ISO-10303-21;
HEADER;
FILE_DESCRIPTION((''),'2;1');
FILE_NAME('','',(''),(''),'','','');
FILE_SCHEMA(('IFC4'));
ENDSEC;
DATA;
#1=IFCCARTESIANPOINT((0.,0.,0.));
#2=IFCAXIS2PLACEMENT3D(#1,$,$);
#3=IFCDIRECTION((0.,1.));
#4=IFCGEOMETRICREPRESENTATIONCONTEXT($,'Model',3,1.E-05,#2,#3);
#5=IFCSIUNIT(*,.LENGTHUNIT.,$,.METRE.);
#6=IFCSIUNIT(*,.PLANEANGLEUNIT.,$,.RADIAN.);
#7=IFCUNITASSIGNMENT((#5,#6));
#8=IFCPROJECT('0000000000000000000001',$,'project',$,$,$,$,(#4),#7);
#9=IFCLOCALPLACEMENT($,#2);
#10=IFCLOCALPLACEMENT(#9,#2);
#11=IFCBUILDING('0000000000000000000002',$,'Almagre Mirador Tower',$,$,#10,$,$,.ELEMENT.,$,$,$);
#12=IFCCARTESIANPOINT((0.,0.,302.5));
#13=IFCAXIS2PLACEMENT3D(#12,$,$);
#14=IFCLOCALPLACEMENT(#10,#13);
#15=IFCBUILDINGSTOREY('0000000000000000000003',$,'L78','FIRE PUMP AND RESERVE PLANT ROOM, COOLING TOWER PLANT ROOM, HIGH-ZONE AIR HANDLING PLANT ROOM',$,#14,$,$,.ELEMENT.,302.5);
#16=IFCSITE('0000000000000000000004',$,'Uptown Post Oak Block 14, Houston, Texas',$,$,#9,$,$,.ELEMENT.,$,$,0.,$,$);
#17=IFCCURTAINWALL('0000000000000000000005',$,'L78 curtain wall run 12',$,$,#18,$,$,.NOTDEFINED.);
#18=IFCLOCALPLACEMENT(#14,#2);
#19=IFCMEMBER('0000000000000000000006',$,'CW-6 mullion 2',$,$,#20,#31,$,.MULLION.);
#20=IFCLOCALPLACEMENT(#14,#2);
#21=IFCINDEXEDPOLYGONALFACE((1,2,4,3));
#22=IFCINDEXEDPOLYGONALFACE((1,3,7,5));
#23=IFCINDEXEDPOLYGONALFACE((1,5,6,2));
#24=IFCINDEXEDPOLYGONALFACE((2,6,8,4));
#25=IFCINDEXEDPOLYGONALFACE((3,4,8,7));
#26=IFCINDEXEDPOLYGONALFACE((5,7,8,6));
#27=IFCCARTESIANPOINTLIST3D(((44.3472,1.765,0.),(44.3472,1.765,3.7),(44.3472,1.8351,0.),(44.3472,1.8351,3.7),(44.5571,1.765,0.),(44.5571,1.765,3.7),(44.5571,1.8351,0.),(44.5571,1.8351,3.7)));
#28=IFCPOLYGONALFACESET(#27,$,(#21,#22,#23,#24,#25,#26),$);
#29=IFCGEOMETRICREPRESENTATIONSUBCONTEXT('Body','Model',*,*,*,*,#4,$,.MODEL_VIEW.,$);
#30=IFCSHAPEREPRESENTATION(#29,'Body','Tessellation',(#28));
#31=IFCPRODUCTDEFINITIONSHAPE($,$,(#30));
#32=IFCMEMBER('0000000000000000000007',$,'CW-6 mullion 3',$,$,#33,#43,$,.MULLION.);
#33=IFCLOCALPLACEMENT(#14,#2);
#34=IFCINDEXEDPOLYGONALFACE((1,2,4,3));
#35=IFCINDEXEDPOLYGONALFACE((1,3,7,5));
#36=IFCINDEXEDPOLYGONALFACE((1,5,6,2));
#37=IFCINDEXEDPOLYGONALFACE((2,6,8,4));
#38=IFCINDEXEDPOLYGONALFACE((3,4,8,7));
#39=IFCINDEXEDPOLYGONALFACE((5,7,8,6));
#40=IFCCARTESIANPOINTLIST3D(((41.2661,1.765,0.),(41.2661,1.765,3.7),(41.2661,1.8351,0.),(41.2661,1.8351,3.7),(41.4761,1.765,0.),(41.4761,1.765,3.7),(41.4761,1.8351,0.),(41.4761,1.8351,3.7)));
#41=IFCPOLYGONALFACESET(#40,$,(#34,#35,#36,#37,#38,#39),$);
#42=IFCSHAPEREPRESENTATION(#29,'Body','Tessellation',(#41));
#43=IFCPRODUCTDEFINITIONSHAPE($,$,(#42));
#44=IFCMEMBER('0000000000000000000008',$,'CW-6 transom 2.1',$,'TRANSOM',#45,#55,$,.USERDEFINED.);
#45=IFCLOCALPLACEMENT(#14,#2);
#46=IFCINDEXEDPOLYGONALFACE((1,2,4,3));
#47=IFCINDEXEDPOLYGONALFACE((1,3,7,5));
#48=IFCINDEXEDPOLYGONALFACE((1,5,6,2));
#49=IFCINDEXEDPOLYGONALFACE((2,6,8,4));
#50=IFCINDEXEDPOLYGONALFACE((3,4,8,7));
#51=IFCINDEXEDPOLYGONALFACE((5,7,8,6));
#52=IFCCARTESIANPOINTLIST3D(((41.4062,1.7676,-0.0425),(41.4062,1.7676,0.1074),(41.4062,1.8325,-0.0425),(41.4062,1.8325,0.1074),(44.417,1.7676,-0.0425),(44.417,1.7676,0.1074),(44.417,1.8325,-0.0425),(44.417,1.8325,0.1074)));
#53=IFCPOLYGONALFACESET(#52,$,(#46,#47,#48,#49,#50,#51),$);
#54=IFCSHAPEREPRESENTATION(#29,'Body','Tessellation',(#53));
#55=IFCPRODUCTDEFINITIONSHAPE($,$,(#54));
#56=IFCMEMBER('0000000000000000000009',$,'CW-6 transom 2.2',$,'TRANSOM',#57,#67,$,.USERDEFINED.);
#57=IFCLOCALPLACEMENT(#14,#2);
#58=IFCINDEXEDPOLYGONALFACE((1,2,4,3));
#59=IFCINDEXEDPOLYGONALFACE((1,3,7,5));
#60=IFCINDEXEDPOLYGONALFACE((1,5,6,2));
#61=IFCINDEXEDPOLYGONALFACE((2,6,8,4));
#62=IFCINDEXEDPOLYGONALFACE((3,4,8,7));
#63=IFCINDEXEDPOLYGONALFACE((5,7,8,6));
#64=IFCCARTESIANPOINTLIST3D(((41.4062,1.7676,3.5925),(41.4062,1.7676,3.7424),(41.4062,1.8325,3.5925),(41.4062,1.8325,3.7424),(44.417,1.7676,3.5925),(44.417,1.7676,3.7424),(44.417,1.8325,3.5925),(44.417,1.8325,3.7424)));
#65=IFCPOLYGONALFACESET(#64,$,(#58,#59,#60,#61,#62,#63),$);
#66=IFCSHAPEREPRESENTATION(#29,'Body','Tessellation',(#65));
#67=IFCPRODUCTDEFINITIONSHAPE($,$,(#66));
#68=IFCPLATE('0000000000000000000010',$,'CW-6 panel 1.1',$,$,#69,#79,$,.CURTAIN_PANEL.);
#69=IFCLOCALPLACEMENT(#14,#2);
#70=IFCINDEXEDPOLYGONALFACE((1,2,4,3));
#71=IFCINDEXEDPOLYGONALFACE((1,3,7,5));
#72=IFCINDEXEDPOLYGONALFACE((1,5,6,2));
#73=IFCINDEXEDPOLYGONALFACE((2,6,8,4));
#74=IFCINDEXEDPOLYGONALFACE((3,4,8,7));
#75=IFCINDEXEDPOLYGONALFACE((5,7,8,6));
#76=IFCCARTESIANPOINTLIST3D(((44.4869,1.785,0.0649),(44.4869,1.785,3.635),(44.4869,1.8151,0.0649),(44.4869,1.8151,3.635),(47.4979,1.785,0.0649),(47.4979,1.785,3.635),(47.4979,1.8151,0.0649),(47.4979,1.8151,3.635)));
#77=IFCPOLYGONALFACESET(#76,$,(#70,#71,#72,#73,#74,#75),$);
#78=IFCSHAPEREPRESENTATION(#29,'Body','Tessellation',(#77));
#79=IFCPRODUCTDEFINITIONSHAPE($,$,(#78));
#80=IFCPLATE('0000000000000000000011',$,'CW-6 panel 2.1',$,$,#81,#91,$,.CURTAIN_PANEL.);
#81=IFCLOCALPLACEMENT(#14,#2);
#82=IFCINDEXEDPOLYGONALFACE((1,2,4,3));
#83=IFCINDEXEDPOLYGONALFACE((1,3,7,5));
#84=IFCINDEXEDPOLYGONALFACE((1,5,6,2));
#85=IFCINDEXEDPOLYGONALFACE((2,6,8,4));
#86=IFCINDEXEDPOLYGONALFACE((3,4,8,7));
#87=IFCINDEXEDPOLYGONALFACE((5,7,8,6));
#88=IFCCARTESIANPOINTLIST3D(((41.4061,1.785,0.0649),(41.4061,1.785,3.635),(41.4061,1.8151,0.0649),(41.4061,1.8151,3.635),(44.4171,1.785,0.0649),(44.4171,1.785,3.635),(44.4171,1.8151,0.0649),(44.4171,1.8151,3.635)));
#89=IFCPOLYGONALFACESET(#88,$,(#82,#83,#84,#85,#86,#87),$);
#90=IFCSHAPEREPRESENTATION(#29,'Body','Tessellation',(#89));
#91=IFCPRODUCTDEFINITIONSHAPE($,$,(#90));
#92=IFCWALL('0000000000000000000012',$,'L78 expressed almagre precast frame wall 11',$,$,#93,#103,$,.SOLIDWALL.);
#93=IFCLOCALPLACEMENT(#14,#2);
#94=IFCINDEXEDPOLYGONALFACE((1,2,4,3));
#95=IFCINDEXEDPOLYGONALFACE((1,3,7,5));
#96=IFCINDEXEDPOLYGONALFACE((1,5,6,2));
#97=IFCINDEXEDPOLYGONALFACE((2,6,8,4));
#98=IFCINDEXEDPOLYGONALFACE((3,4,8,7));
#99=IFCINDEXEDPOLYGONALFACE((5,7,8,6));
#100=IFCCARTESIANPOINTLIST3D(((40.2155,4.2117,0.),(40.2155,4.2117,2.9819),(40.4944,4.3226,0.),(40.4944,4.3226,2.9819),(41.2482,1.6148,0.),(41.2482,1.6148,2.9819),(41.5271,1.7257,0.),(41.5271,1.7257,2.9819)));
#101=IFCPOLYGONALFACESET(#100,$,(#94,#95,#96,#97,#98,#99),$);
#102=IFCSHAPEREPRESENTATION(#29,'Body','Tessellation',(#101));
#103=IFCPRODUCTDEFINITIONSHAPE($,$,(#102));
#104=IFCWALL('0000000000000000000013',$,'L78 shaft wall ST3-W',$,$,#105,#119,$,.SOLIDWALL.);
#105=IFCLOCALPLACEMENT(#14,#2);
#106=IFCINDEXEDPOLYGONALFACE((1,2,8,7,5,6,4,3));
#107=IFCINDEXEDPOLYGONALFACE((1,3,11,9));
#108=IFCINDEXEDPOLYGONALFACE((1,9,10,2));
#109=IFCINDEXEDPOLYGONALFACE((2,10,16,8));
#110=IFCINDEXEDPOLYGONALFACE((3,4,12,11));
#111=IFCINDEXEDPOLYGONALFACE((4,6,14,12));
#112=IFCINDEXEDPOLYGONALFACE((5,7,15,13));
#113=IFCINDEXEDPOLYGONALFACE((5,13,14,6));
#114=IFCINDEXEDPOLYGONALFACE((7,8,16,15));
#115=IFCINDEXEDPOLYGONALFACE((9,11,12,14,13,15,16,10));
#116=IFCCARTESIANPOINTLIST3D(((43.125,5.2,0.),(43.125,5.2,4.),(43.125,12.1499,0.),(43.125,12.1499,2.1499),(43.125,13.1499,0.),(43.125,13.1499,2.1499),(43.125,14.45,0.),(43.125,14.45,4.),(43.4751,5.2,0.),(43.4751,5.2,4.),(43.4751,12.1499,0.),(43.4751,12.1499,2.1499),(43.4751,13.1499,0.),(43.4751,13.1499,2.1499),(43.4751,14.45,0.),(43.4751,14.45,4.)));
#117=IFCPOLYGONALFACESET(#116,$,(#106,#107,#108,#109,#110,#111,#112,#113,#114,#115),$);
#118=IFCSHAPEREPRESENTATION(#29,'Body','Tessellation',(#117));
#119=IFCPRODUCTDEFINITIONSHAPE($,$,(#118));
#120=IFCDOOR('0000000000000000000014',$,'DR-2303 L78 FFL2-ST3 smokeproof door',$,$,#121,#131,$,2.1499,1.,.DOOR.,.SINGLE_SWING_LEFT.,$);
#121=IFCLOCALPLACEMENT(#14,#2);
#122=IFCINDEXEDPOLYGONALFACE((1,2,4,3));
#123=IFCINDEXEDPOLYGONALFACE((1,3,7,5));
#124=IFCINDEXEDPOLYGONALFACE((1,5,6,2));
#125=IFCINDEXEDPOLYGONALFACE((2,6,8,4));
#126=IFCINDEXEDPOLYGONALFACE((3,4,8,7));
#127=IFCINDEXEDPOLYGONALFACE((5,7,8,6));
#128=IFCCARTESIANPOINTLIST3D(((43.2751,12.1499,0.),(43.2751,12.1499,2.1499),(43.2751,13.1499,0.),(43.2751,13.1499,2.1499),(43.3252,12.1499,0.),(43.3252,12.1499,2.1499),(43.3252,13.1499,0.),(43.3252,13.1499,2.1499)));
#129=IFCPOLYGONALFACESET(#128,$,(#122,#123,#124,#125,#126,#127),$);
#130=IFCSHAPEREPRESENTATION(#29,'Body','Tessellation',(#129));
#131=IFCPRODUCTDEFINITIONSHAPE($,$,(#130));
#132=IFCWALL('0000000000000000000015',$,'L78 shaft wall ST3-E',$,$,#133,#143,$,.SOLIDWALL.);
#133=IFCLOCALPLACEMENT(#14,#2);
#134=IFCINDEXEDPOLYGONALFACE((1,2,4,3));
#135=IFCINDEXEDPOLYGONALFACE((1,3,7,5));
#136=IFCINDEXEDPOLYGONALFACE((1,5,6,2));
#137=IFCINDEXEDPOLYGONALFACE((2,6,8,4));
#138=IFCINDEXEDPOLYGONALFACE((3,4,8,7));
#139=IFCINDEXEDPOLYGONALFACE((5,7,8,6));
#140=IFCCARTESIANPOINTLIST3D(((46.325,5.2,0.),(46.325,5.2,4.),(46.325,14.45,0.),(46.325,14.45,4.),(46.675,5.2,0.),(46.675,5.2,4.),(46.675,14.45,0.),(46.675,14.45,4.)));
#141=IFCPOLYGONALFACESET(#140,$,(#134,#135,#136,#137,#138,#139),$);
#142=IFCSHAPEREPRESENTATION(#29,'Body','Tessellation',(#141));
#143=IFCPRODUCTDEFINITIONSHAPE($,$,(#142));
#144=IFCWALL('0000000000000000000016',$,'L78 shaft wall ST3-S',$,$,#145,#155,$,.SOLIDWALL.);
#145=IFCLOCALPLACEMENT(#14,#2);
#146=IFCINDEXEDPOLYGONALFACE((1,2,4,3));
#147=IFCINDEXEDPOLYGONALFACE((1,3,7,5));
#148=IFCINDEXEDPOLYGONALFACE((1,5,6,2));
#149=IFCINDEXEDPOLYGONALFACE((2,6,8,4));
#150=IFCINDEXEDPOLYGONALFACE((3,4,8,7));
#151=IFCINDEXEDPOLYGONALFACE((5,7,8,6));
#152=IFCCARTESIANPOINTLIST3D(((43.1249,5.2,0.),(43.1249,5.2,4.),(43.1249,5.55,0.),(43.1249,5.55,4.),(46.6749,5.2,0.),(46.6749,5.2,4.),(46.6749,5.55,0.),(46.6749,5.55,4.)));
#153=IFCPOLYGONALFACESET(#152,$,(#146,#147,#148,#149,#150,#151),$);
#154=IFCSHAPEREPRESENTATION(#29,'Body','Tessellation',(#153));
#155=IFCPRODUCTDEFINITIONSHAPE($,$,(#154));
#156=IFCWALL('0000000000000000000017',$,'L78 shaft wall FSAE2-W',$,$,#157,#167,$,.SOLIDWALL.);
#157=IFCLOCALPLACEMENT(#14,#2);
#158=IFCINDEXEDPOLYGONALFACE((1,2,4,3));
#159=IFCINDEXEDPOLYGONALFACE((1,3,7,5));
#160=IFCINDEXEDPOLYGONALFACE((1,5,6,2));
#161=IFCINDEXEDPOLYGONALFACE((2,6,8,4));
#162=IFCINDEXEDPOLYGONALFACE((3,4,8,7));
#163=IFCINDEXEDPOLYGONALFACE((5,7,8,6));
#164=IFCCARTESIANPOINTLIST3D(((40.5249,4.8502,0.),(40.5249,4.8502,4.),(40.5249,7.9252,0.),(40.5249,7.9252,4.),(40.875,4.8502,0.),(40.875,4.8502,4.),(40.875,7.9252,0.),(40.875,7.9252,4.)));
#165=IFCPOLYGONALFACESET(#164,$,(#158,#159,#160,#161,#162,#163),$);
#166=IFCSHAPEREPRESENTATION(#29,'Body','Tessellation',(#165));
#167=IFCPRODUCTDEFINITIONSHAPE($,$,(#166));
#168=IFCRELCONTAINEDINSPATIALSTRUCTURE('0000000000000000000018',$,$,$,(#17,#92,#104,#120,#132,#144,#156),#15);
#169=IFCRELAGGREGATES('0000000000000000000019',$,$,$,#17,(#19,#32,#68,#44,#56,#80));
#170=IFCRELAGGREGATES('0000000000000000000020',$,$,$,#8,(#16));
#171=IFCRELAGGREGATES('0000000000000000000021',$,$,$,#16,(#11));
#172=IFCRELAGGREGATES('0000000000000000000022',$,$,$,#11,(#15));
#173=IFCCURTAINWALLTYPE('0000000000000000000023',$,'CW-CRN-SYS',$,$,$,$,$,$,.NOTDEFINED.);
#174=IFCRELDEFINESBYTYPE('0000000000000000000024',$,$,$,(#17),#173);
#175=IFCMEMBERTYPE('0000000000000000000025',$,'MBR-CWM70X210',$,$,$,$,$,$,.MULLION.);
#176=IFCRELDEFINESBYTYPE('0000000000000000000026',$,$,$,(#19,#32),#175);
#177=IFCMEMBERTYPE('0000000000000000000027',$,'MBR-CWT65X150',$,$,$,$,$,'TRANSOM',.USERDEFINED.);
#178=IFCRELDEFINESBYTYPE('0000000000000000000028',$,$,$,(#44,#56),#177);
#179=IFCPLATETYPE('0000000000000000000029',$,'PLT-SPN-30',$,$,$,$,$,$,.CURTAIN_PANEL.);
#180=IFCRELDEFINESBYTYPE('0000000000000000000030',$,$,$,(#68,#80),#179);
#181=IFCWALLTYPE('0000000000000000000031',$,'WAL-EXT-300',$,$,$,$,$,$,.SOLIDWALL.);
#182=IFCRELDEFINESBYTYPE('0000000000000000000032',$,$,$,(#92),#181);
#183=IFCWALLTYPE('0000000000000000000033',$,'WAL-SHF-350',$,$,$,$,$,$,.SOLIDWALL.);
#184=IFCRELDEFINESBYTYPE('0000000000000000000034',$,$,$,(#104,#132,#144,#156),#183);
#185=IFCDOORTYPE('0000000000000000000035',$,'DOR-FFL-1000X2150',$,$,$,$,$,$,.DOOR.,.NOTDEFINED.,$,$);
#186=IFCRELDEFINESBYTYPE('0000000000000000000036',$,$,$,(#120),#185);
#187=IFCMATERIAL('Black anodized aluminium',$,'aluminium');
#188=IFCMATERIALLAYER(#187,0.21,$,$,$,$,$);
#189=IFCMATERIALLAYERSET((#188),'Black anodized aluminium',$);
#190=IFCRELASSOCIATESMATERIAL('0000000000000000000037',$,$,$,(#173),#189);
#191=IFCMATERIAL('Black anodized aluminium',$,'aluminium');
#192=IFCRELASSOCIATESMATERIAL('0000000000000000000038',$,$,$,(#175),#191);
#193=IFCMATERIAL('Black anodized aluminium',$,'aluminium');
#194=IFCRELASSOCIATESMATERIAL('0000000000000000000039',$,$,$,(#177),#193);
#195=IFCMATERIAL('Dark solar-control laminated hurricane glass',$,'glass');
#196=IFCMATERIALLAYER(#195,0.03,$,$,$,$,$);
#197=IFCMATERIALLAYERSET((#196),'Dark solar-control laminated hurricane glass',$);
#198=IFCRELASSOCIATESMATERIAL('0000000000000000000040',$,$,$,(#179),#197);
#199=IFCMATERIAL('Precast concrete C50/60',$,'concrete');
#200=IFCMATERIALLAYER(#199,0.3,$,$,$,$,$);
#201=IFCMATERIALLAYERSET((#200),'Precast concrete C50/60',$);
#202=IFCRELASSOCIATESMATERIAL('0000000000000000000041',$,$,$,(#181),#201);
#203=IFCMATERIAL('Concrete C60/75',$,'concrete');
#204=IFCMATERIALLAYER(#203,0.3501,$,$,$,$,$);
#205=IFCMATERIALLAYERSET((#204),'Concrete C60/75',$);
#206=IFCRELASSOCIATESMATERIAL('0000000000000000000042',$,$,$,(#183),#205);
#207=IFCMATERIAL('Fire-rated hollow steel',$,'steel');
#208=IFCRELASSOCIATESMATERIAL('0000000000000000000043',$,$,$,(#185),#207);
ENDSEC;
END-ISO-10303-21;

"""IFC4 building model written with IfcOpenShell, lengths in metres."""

from ifc_helpers import new_model, si_unit, direction, frame, frame_2d, origin, origin_2d, place, context, subcontext, project, spatial, rectangle, extrude, material, layer, layer_set, material_profile, profile_set, type_object, element, fill, aggregate, save


model = new_model("IFC4")

# Units and contexts
model_context = context("Model", 3, precision=1e-05, world=origin(), true_north=direction((0.0, 1.0)))
body_context = subcontext(model_context, "Body", "Model", "MODEL_VIEW")
ifc_project = project(units=[si_unit("LENGTHUNIT", "METRE"), si_unit("PLANEANGLEUNIT", "RADIAN")], contexts=[model_context])

# Site, building, storey
site_placement = place(None, origin())
site = spatial("IfcSite", under=ifc_project, at=site_placement, Name="Uptown Post Oak Block 14, Houston, Texas", CompositionType="ELEMENT", RefElevation=0.0)
building_placement = place(site_placement, origin())
building = spatial("IfcBuilding", under=site, at=building_placement, Name="Almagre Mirador Tower", CompositionType="ELEMENT")
storey_placement = place(building_placement, frame((0.0, 0.0, 302.5)))
storey = spatial("IfcBuildingStorey", under=building, at=storey_placement, Name="L78", Description="FIRE PUMP AND RESERVE PLANT ROOM, COOLING TOWER PLANT ROOM, HIGH-ZONE AIR HANDLING PLANT ROOM", CompositionType="ELEMENT", Elevation=302.5)

# Curtain wall, members, plates
ifc_material_1 = material(Name="Black anodized aluminium", Category="aluminium")
ifc_layer_1 = layer(ifc_material_1, 0.21)
ifc_layer_set_1 = layer_set([ifc_layer_1], Name="Black anodized aluminium")
curtain_wall_type = type_object("IfcCurtainWallType", Name="CW-CRN-SYS", PredefinedType="NOTDEFINED", material=ifc_layer_set_1)
curtain_wall_placement = place(storey_placement, origin())
curtain_wall = element("IfcCurtainWall", 1, at=curtain_wall_placement, inside=storey, type_object=curtain_wall_type, Name="L78 curtain wall run 12", PredefinedType="NOTDEFINED")
ifc_material_2 = material(Name="Black anodized aluminium", Category="aluminium")
ifc_material_profile_1 = material_profile(ifc_material_2, rectangle(XDim=0.0701, YDim=0.21, at=origin_2d()), Name="CWM70X210")
ifc_profile_set_1 = profile_set([ifc_material_profile_1], Name="Black anodized aluminium")
member_type_1 = type_object("IfcMemberType", Name="MBR-CWM70X210", PredefinedType="MULLION", material=ifc_profile_set_1)
member_1_placement = place(storey_placement, frame((44.4521, 1.8, 0.0), z_axis=(0.0, 0.0, 1.0), x_axis=(0.0, -1.0, 0.0)))
member_1 = element("IfcMember", 2, at=member_1_placement, type_object=member_type_1, Name="CW-6 mullion 2", PredefinedType="MULLION", context=body_context, shape_type="SweptSolid", body=[
    extrude(rectangle(XDim=0.0701, YDim=0.21, at=origin_2d()), origin(), (0.0, 0.0, 1.0), 3.7),
])
member_2_placement = place(storey_placement, frame((41.3711, 1.8, 0.0), z_axis=(0.0, 0.0, 1.0), x_axis=(0.0, -1.0, 0.0)))
member_2 = element("IfcMember", 3, at=member_2_placement, type_object=member_type_1, Name="CW-6 mullion 3", PredefinedType="MULLION", context=body_context, shape_type="SweptSolid", body=[
    extrude(rectangle(XDim=0.0701, YDim=0.21, at=origin_2d()), origin(), (0.0, 0.0, 1.0), 3.7),
])
ifc_material_3 = material(Name="Black anodized aluminium", Category="aluminium")
ifc_material_profile_2 = material_profile(ifc_material_3, rectangle(XDim=0.0649, YDim=0.1499, at=origin_2d()), Name="CWT65X150")
ifc_profile_set_2 = profile_set([ifc_material_profile_2], Name="Black anodized aluminium")
member_type_2 = type_object("IfcMemberType", Name="MBR-CWT65X150", ElementType="TRANSOM", PredefinedType="USERDEFINED", material=ifc_profile_set_2)
member_3_placement = place(storey_placement, frame((44.417, 1.8, 0.0325), z_axis=(-1.0, 0.0, 0.0), x_axis=(0.0, -1.0, 0.0)))
member_3 = element("IfcMember", 4, at=member_3_placement, type_object=member_type_2, Name="CW-6 transom 2.1", ObjectType="TRANSOM", PredefinedType="USERDEFINED", context=body_context, shape_type="SweptSolid", body=[
    extrude(rectangle(XDim=0.0649, YDim=0.1499, at=origin_2d()), origin(), (0.0, 0.0, 1.0), 3.0107),
])
member_4_placement = place(storey_placement, frame((44.417, 1.8, 3.6675), z_axis=(-1.0, 0.0, 0.0), x_axis=(0.0, -1.0, 0.0)))
member_4 = element("IfcMember", 5, at=member_4_placement, type_object=member_type_2, Name="CW-6 transom 2.2", ObjectType="TRANSOM", PredefinedType="USERDEFINED", context=body_context, shape_type="SweptSolid", body=[
    extrude(rectangle(XDim=0.0649, YDim=0.1499, at=origin_2d()), origin(), (0.0, 0.0, 1.0), 3.0107),
])
ifc_material_4 = material(Name="Dark solar-control laminated hurricane glass", Category="glass")
ifc_layer_2 = layer(ifc_material_4, 0.03)
ifc_layer_set_2 = layer_set([ifc_layer_2], Name="Dark solar-control laminated hurricane glass")
plate_type = type_object("IfcPlateType", Name="PLT-SPN-30", PredefinedType="CURTAIN_PANEL", material=ifc_layer_set_2)
plate_1_placement = place(storey_placement, frame((45.9924, 1.8, 0.0649), z_axis=(0.0, 0.0, 1.0), x_axis=(-1.0, 0.0, 0.0)))
plate_1 = element("IfcPlate", 6, at=plate_1_placement, type_object=plate_type, Name="CW-6 panel 1.1", PredefinedType="CURTAIN_PANEL", context=body_context, shape_type="SweptSolid", body=[
    extrude(rectangle(XDim=3.011, YDim=0.03, at=origin_2d()), origin(), (0.0, 0.0, 1.0), 3.5701),
])
plate_2_placement = place(storey_placement, frame((42.9116, 1.8, 0.0649), z_axis=(0.0, 0.0, 1.0), x_axis=(-1.0, 0.0, 0.0)))
plate_2 = element("IfcPlate", 7, at=plate_2_placement, type_object=plate_type, Name="CW-6 panel 2.1", PredefinedType="CURTAIN_PANEL", context=body_context, shape_type="SweptSolid", body=[
    extrude(rectangle(XDim=3.011, YDim=0.03, at=origin_2d()), origin(), (0.0, 0.0, 1.0), 3.5701),
])
aggregate(curtain_wall, [member_1, member_2, plate_1, member_3, member_4, plate_2])

# Wall
ifc_material_5 = material(Name="Precast concrete C50/60", Category="concrete")
ifc_layer_3 = layer(ifc_material_5, 0.3)
ifc_layer_set_3 = layer_set([ifc_layer_3], Name="Precast concrete C50/60")
wall_type_1 = type_object("IfcWallType", Name="WAL-EXT-300", PredefinedType="SOLIDWALL", material=ifc_layer_set_3)
wall_1_placement = place(storey_placement, frame((41.3877, 1.6702, 0.0), z_axis=(0.0, 0.0, 1.0), x_axis=(-0.369522, 0.929222, 0.0)))
element("IfcWall", 8, at=wall_1_placement, inside=storey, type_object=wall_type_1, Name="L78 expressed almagre precast frame wall 11", PredefinedType="SOLIDWALL", context=body_context, shape_type="SweptSolid", body=[
    extrude(rectangle(XDim=2.7947, YDim=0.3, at=frame_2d((1.3975, 0.0))), origin(), (0.0, 0.0, 1.0), 2.9819),
])

# Wall, opening, door
ifc_material_6 = material(Name="Concrete C60/75", Category="concrete")
ifc_layer_4 = layer(ifc_material_6, 0.3501)
ifc_layer_set_4 = layer_set([ifc_layer_4], Name="Concrete C60/75")
wall_type_2 = type_object("IfcWallType", Name="WAL-SHF-350", PredefinedType="SOLIDWALL", material=ifc_layer_set_4)
wall_2_placement = place(storey_placement, frame((43.3, 5.2, 0.0), z_axis=(0.0, 0.0, 1.0), x_axis=(0.0, 1.0, 0.0)))
wall_2 = element("IfcWall", 9, at=wall_2_placement, inside=storey, type_object=wall_type_2, Name="L78 shaft wall ST3-W", PredefinedType="SOLIDWALL", context=body_context, shape_type="SweptSolid", body=[
    extrude(rectangle(XDim=9.25, YDim=0.3501, at=frame_2d((4.625, 0.0))), origin(), (0.0, 0.0, 1.0), 4.0),
])
opening_placement = place(wall_2_placement, frame((6.95, 0.0, 0.0)))
opening = element("IfcOpeningElement", 10, at=opening_placement, cuts=wall_2, PredefinedType="OPENING", context=body_context, shape_type="SweptSolid", body=[
    extrude(rectangle(XDim=1.0, YDim=2.1499, at=frame_2d((0.5, 1.075))), frame((0.0, 0.185, 0.0), z_axis=(0.0, -1.0, 0.0), x_axis=(1.0, 0.0, 0.0)), (0.0, 0.0, 1.0), 0.3701),
])
ifc_material_7 = material(Name="Fire-rated hollow steel", Category="steel")
door_type = type_object("IfcDoorType", Name="DOR-FFL-1000X2150", OperationType="NOTDEFINED", PredefinedType="DOOR", material=ifc_material_7)
door_placement = place(opening_placement, origin())
door = element("IfcDoor", 11, at=door_placement, inside=storey, type_object=door_type, Name="DR-2303 L78 FFL2-ST3 smokeproof door", OperationType="SINGLE_SWING_LEFT", OverallHeight=2.1499, OverallWidth=1.0, PredefinedType="DOOR", context=body_context, shape_type="SweptSolid", body=[
    extrude(rectangle(XDim=1.0, YDim=2.1499, at=frame_2d((0.5, 1.075))), frame((0.0, 0.0249, 0.0), z_axis=(0.0, -1.0, 0.0), x_axis=(1.0, 0.0, 0.0)), (0.0, 0.0, 1.0), 0.05),
])
fill(opening, door)

# Walls
wall_3_placement = place(storey_placement, frame((46.5, 5.2, 0.0), z_axis=(0.0, 0.0, 1.0), x_axis=(0.0, 1.0, 0.0)))
element("IfcWall", 12, at=wall_3_placement, inside=storey, type_object=wall_type_2, Name="L78 shaft wall ST3-E", PredefinedType="SOLIDWALL", context=body_context, shape_type="SweptSolid", body=[
    extrude(rectangle(XDim=9.25, YDim=0.3501, at=frame_2d((4.625, 0.0))), origin(), (0.0, 0.0, 1.0), 4.0),
])
wall_4_placement = place(storey_placement, frame((43.125, 5.375, 0.0), z_axis=(0.0, 0.0, 1.0), x_axis=(1.0, 0.0, 0.0)))
element("IfcWall", 13, at=wall_4_placement, inside=storey, type_object=wall_type_2, Name="L78 shaft wall ST3-S", PredefinedType="SOLIDWALL", context=body_context, shape_type="SweptSolid", body=[
    extrude(rectangle(XDim=3.55, YDim=0.3501, at=frame_2d((1.7749, 0.0))), origin(), (0.0, 0.0, 1.0), 4.0),
])
wall_5_placement = place(storey_placement, frame((40.7, 4.8501, 0.0), z_axis=(0.0, 0.0, 1.0), x_axis=(0.0, 1.0, 0.0)))
element("IfcWall", 14, at=wall_5_placement, inside=storey, type_object=wall_type_2, Name="L78 shaft wall FSAE2-W", PredefinedType="SOLIDWALL", context=body_context, shape_type="SweptSolid", body=[
    extrude(rectangle(XDim=3.075, YDim=0.3501, at=frame_2d((1.5376, 0.0))), origin(), (0.0, 0.0, 1.0), 4.0),
])

save(model, "model.ifc")
